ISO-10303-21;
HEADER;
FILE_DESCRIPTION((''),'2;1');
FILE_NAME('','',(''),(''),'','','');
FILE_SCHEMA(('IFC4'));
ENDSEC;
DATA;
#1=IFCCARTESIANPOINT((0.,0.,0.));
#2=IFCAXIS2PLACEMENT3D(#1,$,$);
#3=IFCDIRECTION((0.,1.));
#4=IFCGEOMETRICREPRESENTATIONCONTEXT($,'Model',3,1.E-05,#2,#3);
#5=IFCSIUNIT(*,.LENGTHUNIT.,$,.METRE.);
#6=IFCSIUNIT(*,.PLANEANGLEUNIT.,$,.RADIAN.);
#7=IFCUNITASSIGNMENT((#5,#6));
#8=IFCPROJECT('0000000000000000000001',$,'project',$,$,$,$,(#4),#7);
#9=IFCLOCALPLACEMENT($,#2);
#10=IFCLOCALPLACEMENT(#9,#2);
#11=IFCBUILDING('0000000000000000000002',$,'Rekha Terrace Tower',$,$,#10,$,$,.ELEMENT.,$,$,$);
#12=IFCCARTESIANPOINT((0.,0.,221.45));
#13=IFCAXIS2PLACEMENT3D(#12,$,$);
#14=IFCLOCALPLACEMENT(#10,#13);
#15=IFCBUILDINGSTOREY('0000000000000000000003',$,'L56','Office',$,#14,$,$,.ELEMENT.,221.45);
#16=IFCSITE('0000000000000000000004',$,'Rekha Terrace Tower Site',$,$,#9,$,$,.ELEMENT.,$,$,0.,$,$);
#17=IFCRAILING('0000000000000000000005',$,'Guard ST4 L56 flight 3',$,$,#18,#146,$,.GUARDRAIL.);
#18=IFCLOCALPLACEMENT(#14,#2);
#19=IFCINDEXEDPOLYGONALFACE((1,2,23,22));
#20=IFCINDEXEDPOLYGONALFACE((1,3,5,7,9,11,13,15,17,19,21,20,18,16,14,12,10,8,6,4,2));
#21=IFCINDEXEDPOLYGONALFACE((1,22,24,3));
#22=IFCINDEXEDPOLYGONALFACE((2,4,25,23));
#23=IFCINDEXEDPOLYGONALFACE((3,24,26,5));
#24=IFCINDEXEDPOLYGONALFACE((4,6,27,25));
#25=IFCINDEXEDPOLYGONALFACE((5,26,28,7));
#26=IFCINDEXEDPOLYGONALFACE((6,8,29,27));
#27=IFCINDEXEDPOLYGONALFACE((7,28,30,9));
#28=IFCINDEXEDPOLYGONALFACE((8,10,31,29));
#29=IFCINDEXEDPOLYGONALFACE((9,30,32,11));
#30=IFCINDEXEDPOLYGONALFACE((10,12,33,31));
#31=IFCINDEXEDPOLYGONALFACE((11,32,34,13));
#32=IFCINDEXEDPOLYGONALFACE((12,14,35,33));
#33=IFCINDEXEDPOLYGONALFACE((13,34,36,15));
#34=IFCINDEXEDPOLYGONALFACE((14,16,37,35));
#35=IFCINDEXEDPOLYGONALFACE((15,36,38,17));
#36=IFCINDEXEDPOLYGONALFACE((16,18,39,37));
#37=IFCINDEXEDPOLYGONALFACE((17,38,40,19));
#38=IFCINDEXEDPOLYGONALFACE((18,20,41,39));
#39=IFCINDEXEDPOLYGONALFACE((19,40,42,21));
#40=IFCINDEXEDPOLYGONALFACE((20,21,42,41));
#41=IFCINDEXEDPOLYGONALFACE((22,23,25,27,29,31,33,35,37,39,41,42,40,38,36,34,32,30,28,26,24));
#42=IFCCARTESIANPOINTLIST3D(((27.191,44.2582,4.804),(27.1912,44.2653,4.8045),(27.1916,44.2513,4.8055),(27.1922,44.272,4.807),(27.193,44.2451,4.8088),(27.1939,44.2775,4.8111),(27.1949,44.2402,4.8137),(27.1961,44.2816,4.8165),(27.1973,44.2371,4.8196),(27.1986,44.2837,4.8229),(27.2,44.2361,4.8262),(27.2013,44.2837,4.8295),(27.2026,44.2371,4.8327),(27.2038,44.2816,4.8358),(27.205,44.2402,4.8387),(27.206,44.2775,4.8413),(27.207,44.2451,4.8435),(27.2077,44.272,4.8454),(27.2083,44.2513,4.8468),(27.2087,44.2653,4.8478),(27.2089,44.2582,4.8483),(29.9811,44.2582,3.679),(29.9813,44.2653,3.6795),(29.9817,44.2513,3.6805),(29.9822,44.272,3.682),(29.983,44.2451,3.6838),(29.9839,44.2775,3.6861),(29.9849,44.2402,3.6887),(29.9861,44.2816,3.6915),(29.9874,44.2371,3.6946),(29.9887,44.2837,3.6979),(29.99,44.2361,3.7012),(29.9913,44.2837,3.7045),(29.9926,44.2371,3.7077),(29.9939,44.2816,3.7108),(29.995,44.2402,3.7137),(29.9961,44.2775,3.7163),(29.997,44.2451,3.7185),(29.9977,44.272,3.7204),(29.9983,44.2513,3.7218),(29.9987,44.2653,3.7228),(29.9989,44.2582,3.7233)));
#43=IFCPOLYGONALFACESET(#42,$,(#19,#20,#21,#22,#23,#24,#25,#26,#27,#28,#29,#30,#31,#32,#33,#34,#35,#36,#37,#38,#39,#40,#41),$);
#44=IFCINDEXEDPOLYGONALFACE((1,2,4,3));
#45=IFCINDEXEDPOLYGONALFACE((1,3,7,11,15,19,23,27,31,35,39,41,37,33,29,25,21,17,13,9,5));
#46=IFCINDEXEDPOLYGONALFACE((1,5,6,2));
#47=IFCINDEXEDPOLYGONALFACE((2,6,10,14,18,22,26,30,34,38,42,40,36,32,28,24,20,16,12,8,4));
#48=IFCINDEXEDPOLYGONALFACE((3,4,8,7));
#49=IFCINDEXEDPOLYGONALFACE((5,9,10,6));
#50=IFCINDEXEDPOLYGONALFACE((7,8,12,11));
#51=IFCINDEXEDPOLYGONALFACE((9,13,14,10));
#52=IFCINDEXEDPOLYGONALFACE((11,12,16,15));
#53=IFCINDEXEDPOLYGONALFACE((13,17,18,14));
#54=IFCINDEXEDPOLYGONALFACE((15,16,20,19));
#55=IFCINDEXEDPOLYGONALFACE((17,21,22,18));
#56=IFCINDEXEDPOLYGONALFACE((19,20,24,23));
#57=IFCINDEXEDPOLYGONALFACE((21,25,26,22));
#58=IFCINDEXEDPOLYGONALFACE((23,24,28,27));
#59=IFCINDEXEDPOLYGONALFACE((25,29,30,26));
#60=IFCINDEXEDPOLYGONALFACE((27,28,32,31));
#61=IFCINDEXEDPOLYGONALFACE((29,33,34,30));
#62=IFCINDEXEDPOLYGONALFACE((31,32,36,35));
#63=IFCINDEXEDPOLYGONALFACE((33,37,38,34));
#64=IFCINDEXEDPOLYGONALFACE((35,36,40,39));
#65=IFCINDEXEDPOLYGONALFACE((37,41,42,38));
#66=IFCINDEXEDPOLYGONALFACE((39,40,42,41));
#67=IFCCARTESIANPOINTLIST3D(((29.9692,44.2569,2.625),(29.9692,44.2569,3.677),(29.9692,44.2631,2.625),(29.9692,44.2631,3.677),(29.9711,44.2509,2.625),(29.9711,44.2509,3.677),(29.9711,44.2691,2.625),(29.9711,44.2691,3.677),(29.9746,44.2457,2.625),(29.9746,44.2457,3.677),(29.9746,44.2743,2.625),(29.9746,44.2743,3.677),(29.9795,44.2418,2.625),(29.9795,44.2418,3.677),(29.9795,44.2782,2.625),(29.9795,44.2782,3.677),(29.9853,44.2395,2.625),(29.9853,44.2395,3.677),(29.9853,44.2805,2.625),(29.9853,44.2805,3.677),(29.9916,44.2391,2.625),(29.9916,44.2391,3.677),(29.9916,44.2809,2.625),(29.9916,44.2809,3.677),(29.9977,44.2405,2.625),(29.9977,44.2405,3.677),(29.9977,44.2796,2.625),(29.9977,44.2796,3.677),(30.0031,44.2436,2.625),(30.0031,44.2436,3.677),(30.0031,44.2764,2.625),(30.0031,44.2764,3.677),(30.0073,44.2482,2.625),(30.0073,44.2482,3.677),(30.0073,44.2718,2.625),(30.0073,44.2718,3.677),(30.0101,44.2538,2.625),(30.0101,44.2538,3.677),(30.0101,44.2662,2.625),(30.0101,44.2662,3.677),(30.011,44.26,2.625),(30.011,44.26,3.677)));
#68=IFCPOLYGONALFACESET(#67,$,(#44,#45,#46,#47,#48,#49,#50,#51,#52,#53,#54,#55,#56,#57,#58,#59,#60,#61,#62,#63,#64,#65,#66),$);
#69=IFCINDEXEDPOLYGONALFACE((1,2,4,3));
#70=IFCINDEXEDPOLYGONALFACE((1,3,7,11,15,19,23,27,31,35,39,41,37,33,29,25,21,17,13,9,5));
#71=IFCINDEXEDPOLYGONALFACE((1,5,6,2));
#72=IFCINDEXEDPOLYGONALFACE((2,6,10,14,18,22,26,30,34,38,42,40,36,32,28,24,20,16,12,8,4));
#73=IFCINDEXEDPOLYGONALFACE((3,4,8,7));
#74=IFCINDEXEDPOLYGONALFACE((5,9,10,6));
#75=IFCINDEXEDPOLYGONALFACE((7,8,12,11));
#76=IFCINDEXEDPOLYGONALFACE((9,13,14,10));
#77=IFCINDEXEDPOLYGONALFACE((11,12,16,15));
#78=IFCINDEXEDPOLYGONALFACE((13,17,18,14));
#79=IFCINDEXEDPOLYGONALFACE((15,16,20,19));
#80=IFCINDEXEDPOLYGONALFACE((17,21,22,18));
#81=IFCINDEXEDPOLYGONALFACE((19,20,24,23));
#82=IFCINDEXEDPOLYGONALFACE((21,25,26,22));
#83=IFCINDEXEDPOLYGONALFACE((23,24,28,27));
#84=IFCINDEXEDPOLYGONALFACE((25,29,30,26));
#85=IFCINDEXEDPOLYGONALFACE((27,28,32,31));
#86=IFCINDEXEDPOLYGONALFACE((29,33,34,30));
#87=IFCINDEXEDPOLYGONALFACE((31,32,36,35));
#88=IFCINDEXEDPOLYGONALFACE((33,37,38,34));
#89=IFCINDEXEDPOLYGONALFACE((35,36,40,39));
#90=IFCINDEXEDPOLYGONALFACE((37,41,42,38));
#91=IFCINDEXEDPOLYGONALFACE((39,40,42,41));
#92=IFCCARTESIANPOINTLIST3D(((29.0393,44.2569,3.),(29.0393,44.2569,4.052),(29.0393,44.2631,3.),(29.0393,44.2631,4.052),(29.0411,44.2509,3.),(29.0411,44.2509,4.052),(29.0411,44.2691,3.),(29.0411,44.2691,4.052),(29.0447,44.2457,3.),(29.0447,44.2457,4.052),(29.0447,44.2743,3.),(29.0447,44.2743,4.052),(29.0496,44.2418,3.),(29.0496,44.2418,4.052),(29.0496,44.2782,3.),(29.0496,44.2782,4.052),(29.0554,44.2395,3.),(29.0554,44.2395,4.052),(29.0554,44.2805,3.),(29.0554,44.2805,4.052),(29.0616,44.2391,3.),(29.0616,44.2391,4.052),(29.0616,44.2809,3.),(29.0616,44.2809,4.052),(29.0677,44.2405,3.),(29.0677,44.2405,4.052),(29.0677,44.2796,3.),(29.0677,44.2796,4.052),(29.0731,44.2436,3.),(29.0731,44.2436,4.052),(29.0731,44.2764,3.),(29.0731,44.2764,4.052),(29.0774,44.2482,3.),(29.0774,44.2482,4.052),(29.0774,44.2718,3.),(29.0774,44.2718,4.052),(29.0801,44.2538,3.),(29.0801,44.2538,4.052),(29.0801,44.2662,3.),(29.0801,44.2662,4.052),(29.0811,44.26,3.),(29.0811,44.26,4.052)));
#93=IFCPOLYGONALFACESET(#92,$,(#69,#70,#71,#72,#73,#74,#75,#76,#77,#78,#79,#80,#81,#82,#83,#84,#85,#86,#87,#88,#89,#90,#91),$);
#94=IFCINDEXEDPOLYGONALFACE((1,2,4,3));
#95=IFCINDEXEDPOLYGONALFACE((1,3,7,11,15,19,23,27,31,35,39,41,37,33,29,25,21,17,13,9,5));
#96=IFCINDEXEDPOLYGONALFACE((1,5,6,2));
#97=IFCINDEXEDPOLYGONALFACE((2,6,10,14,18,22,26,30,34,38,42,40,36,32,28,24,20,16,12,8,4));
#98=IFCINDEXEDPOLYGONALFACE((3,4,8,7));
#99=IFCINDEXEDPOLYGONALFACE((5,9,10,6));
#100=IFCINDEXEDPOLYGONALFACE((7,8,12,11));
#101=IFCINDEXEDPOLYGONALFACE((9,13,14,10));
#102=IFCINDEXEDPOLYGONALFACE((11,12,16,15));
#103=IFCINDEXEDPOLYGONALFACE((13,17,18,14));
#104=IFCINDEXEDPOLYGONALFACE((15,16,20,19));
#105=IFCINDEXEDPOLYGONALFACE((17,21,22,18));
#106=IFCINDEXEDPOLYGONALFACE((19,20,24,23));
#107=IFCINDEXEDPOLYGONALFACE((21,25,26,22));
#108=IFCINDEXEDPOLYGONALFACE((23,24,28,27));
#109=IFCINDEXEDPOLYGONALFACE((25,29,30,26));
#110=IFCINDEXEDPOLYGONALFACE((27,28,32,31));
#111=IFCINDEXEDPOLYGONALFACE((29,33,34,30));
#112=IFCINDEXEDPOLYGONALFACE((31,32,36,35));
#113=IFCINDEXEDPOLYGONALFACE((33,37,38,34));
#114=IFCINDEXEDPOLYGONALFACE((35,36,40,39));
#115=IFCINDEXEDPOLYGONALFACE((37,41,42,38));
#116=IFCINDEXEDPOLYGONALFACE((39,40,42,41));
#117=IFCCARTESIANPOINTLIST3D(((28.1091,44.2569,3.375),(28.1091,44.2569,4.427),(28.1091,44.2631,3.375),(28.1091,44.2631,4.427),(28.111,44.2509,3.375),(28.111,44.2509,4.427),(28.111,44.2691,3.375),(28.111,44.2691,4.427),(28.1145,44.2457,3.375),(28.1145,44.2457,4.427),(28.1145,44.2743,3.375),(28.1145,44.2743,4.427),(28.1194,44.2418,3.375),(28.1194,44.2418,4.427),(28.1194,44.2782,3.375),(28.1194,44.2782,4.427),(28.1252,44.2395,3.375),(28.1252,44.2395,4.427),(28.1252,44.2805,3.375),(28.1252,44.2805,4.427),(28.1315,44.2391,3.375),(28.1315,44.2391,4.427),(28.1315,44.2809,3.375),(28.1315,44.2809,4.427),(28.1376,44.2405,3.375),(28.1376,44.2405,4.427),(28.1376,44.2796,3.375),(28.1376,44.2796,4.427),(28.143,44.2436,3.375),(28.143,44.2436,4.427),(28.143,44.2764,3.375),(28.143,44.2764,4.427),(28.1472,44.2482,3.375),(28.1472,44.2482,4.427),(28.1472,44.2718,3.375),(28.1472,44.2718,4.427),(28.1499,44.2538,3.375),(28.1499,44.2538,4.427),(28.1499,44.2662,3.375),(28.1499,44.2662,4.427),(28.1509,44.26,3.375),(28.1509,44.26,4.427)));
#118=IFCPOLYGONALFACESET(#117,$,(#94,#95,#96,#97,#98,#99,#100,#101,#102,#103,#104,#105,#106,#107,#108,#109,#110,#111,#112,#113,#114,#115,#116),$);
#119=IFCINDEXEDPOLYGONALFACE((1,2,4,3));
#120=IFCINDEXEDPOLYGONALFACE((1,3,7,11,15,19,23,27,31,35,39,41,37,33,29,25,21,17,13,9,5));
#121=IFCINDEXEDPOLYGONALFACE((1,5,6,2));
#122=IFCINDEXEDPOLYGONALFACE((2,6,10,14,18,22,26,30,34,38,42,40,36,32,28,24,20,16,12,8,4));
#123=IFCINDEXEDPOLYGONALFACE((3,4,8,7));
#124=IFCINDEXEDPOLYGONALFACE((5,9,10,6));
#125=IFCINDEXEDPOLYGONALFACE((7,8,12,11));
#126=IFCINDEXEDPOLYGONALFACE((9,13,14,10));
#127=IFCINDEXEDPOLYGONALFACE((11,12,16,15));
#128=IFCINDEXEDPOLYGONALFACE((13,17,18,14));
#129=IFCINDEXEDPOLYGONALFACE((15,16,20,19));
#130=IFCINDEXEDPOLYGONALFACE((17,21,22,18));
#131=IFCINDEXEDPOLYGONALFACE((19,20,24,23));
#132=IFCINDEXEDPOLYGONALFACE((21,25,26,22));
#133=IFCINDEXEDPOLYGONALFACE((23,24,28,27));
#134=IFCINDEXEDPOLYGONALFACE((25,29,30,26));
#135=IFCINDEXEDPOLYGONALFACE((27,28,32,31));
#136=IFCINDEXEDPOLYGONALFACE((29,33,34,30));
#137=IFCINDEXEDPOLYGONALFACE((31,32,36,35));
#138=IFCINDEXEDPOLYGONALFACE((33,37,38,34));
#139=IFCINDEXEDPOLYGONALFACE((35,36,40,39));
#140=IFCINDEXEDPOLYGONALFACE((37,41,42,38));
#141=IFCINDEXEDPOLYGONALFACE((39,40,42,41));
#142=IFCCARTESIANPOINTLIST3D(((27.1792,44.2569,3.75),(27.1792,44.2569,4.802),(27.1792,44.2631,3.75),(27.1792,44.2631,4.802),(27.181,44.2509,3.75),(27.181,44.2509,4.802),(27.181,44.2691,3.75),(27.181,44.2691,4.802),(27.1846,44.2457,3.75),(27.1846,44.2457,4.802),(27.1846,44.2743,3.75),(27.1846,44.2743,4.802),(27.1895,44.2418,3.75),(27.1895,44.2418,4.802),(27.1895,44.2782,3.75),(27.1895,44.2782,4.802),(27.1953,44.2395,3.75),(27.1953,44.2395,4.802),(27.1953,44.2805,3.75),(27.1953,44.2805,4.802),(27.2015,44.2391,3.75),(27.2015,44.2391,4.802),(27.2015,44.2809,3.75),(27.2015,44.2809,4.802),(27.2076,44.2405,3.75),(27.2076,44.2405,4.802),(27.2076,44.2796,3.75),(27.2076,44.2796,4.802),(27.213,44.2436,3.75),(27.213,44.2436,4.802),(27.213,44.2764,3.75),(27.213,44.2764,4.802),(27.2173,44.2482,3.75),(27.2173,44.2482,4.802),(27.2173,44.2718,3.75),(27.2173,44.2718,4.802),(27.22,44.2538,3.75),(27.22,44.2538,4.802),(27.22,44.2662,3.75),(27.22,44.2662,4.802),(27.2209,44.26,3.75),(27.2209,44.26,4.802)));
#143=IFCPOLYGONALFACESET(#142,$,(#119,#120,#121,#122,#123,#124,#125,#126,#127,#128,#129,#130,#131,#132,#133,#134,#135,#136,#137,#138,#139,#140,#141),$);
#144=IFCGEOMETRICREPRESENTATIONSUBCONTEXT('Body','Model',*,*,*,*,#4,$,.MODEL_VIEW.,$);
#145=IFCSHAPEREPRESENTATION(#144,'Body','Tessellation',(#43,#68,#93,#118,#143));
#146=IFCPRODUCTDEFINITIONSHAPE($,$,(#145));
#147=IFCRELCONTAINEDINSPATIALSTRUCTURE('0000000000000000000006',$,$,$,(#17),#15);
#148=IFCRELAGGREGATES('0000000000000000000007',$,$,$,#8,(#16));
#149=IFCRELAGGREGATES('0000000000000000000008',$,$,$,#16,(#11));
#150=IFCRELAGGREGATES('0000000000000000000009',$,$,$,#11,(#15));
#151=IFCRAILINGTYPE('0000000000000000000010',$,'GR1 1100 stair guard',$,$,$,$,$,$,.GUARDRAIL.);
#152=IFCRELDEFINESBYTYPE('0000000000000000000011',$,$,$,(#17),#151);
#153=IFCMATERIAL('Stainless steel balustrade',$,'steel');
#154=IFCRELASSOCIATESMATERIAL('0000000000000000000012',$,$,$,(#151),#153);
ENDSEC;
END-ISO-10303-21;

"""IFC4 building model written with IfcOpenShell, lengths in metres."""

from ifc_helpers import new_model, si_unit, direction, frame, origin, origin_2d, place, context, subcontext, project, spatial, circle, extrude, material, type_object, element, save


model = new_model("IFC4")

# Units and contexts
model_context = context("Model", 3, precision=1e-05, world=origin(), true_north=direction((0.0, 1.0)))
body_context = subcontext(model_context, "Body", "Model", "MODEL_VIEW")
ifc_project = project(units=[si_unit("LENGTHUNIT", "METRE"), si_unit("PLANEANGLEUNIT", "RADIAN")], contexts=[model_context])

# Site, building, storey
site_placement = place(None, origin())
site = spatial("IfcSite", under=ifc_project, at=site_placement, Name="Rekha Terrace Tower Site", CompositionType="ELEMENT", RefElevation=0.0)
building_placement = place(site_placement, origin())
building = spatial("IfcBuilding", under=site, at=building_placement, Name="Rekha Terrace Tower", CompositionType="ELEMENT")
storey_placement = place(building_placement, frame((0.0, 0.0, 221.45)))
storey = spatial("IfcBuildingStorey", under=building, at=storey_placement, Name="L56", Description="Office", CompositionType="ELEMENT", Elevation=221.45)

# Railing
ifc_material_1 = material(Name="Stainless steel balustrade", Category="steel")
railing_type_1 = type_object("IfcRailingType", Name="GR1 1100 stair guard", PredefinedType="GUARDRAIL", material=ifc_material_1)
railing_1_placement = place(storey_placement, frame((29.99, 44.26, 2.625)))
element("IfcRailing", 1, at=railing_1_placement, inside=storey, type_object=railing_type_1, Name="Guard ST4 L56 flight 3", PredefinedType="GUARDRAIL", context=body_context, shape_type="SweptSolid", body=[
    extrude(circle(Radius=0.0239, at=origin_2d()), frame((0.0, 0.0, 1.0762), z_axis=(-0.927443, 0.0, 0.373964), x_axis=(0.0, -1.0, 0.0)), (0.0, 0.0, 1.0), 3.0083),
    extrude(circle(Radius=0.021, at=origin_2d()), origin(), (0.0, 0.0, 1.0), 1.052),
    extrude(circle(Radius=0.021, at=origin_2d()), frame((-0.9299, 0.0, 0.375)), (0.0, 0.0, 1.0), 1.052),
    extrude(circle(Radius=0.021, at=origin_2d()), frame((-1.8601, 0.0, 0.75)), (0.0, 0.0, 1.0), 1.052),
    extrude(circle(Radius=0.021, at=origin_2d()), frame((-2.79, 0.0, 1.125)), (0.0, 0.0, 1.0), 1.052),
])

save(model, "model.ifc")
